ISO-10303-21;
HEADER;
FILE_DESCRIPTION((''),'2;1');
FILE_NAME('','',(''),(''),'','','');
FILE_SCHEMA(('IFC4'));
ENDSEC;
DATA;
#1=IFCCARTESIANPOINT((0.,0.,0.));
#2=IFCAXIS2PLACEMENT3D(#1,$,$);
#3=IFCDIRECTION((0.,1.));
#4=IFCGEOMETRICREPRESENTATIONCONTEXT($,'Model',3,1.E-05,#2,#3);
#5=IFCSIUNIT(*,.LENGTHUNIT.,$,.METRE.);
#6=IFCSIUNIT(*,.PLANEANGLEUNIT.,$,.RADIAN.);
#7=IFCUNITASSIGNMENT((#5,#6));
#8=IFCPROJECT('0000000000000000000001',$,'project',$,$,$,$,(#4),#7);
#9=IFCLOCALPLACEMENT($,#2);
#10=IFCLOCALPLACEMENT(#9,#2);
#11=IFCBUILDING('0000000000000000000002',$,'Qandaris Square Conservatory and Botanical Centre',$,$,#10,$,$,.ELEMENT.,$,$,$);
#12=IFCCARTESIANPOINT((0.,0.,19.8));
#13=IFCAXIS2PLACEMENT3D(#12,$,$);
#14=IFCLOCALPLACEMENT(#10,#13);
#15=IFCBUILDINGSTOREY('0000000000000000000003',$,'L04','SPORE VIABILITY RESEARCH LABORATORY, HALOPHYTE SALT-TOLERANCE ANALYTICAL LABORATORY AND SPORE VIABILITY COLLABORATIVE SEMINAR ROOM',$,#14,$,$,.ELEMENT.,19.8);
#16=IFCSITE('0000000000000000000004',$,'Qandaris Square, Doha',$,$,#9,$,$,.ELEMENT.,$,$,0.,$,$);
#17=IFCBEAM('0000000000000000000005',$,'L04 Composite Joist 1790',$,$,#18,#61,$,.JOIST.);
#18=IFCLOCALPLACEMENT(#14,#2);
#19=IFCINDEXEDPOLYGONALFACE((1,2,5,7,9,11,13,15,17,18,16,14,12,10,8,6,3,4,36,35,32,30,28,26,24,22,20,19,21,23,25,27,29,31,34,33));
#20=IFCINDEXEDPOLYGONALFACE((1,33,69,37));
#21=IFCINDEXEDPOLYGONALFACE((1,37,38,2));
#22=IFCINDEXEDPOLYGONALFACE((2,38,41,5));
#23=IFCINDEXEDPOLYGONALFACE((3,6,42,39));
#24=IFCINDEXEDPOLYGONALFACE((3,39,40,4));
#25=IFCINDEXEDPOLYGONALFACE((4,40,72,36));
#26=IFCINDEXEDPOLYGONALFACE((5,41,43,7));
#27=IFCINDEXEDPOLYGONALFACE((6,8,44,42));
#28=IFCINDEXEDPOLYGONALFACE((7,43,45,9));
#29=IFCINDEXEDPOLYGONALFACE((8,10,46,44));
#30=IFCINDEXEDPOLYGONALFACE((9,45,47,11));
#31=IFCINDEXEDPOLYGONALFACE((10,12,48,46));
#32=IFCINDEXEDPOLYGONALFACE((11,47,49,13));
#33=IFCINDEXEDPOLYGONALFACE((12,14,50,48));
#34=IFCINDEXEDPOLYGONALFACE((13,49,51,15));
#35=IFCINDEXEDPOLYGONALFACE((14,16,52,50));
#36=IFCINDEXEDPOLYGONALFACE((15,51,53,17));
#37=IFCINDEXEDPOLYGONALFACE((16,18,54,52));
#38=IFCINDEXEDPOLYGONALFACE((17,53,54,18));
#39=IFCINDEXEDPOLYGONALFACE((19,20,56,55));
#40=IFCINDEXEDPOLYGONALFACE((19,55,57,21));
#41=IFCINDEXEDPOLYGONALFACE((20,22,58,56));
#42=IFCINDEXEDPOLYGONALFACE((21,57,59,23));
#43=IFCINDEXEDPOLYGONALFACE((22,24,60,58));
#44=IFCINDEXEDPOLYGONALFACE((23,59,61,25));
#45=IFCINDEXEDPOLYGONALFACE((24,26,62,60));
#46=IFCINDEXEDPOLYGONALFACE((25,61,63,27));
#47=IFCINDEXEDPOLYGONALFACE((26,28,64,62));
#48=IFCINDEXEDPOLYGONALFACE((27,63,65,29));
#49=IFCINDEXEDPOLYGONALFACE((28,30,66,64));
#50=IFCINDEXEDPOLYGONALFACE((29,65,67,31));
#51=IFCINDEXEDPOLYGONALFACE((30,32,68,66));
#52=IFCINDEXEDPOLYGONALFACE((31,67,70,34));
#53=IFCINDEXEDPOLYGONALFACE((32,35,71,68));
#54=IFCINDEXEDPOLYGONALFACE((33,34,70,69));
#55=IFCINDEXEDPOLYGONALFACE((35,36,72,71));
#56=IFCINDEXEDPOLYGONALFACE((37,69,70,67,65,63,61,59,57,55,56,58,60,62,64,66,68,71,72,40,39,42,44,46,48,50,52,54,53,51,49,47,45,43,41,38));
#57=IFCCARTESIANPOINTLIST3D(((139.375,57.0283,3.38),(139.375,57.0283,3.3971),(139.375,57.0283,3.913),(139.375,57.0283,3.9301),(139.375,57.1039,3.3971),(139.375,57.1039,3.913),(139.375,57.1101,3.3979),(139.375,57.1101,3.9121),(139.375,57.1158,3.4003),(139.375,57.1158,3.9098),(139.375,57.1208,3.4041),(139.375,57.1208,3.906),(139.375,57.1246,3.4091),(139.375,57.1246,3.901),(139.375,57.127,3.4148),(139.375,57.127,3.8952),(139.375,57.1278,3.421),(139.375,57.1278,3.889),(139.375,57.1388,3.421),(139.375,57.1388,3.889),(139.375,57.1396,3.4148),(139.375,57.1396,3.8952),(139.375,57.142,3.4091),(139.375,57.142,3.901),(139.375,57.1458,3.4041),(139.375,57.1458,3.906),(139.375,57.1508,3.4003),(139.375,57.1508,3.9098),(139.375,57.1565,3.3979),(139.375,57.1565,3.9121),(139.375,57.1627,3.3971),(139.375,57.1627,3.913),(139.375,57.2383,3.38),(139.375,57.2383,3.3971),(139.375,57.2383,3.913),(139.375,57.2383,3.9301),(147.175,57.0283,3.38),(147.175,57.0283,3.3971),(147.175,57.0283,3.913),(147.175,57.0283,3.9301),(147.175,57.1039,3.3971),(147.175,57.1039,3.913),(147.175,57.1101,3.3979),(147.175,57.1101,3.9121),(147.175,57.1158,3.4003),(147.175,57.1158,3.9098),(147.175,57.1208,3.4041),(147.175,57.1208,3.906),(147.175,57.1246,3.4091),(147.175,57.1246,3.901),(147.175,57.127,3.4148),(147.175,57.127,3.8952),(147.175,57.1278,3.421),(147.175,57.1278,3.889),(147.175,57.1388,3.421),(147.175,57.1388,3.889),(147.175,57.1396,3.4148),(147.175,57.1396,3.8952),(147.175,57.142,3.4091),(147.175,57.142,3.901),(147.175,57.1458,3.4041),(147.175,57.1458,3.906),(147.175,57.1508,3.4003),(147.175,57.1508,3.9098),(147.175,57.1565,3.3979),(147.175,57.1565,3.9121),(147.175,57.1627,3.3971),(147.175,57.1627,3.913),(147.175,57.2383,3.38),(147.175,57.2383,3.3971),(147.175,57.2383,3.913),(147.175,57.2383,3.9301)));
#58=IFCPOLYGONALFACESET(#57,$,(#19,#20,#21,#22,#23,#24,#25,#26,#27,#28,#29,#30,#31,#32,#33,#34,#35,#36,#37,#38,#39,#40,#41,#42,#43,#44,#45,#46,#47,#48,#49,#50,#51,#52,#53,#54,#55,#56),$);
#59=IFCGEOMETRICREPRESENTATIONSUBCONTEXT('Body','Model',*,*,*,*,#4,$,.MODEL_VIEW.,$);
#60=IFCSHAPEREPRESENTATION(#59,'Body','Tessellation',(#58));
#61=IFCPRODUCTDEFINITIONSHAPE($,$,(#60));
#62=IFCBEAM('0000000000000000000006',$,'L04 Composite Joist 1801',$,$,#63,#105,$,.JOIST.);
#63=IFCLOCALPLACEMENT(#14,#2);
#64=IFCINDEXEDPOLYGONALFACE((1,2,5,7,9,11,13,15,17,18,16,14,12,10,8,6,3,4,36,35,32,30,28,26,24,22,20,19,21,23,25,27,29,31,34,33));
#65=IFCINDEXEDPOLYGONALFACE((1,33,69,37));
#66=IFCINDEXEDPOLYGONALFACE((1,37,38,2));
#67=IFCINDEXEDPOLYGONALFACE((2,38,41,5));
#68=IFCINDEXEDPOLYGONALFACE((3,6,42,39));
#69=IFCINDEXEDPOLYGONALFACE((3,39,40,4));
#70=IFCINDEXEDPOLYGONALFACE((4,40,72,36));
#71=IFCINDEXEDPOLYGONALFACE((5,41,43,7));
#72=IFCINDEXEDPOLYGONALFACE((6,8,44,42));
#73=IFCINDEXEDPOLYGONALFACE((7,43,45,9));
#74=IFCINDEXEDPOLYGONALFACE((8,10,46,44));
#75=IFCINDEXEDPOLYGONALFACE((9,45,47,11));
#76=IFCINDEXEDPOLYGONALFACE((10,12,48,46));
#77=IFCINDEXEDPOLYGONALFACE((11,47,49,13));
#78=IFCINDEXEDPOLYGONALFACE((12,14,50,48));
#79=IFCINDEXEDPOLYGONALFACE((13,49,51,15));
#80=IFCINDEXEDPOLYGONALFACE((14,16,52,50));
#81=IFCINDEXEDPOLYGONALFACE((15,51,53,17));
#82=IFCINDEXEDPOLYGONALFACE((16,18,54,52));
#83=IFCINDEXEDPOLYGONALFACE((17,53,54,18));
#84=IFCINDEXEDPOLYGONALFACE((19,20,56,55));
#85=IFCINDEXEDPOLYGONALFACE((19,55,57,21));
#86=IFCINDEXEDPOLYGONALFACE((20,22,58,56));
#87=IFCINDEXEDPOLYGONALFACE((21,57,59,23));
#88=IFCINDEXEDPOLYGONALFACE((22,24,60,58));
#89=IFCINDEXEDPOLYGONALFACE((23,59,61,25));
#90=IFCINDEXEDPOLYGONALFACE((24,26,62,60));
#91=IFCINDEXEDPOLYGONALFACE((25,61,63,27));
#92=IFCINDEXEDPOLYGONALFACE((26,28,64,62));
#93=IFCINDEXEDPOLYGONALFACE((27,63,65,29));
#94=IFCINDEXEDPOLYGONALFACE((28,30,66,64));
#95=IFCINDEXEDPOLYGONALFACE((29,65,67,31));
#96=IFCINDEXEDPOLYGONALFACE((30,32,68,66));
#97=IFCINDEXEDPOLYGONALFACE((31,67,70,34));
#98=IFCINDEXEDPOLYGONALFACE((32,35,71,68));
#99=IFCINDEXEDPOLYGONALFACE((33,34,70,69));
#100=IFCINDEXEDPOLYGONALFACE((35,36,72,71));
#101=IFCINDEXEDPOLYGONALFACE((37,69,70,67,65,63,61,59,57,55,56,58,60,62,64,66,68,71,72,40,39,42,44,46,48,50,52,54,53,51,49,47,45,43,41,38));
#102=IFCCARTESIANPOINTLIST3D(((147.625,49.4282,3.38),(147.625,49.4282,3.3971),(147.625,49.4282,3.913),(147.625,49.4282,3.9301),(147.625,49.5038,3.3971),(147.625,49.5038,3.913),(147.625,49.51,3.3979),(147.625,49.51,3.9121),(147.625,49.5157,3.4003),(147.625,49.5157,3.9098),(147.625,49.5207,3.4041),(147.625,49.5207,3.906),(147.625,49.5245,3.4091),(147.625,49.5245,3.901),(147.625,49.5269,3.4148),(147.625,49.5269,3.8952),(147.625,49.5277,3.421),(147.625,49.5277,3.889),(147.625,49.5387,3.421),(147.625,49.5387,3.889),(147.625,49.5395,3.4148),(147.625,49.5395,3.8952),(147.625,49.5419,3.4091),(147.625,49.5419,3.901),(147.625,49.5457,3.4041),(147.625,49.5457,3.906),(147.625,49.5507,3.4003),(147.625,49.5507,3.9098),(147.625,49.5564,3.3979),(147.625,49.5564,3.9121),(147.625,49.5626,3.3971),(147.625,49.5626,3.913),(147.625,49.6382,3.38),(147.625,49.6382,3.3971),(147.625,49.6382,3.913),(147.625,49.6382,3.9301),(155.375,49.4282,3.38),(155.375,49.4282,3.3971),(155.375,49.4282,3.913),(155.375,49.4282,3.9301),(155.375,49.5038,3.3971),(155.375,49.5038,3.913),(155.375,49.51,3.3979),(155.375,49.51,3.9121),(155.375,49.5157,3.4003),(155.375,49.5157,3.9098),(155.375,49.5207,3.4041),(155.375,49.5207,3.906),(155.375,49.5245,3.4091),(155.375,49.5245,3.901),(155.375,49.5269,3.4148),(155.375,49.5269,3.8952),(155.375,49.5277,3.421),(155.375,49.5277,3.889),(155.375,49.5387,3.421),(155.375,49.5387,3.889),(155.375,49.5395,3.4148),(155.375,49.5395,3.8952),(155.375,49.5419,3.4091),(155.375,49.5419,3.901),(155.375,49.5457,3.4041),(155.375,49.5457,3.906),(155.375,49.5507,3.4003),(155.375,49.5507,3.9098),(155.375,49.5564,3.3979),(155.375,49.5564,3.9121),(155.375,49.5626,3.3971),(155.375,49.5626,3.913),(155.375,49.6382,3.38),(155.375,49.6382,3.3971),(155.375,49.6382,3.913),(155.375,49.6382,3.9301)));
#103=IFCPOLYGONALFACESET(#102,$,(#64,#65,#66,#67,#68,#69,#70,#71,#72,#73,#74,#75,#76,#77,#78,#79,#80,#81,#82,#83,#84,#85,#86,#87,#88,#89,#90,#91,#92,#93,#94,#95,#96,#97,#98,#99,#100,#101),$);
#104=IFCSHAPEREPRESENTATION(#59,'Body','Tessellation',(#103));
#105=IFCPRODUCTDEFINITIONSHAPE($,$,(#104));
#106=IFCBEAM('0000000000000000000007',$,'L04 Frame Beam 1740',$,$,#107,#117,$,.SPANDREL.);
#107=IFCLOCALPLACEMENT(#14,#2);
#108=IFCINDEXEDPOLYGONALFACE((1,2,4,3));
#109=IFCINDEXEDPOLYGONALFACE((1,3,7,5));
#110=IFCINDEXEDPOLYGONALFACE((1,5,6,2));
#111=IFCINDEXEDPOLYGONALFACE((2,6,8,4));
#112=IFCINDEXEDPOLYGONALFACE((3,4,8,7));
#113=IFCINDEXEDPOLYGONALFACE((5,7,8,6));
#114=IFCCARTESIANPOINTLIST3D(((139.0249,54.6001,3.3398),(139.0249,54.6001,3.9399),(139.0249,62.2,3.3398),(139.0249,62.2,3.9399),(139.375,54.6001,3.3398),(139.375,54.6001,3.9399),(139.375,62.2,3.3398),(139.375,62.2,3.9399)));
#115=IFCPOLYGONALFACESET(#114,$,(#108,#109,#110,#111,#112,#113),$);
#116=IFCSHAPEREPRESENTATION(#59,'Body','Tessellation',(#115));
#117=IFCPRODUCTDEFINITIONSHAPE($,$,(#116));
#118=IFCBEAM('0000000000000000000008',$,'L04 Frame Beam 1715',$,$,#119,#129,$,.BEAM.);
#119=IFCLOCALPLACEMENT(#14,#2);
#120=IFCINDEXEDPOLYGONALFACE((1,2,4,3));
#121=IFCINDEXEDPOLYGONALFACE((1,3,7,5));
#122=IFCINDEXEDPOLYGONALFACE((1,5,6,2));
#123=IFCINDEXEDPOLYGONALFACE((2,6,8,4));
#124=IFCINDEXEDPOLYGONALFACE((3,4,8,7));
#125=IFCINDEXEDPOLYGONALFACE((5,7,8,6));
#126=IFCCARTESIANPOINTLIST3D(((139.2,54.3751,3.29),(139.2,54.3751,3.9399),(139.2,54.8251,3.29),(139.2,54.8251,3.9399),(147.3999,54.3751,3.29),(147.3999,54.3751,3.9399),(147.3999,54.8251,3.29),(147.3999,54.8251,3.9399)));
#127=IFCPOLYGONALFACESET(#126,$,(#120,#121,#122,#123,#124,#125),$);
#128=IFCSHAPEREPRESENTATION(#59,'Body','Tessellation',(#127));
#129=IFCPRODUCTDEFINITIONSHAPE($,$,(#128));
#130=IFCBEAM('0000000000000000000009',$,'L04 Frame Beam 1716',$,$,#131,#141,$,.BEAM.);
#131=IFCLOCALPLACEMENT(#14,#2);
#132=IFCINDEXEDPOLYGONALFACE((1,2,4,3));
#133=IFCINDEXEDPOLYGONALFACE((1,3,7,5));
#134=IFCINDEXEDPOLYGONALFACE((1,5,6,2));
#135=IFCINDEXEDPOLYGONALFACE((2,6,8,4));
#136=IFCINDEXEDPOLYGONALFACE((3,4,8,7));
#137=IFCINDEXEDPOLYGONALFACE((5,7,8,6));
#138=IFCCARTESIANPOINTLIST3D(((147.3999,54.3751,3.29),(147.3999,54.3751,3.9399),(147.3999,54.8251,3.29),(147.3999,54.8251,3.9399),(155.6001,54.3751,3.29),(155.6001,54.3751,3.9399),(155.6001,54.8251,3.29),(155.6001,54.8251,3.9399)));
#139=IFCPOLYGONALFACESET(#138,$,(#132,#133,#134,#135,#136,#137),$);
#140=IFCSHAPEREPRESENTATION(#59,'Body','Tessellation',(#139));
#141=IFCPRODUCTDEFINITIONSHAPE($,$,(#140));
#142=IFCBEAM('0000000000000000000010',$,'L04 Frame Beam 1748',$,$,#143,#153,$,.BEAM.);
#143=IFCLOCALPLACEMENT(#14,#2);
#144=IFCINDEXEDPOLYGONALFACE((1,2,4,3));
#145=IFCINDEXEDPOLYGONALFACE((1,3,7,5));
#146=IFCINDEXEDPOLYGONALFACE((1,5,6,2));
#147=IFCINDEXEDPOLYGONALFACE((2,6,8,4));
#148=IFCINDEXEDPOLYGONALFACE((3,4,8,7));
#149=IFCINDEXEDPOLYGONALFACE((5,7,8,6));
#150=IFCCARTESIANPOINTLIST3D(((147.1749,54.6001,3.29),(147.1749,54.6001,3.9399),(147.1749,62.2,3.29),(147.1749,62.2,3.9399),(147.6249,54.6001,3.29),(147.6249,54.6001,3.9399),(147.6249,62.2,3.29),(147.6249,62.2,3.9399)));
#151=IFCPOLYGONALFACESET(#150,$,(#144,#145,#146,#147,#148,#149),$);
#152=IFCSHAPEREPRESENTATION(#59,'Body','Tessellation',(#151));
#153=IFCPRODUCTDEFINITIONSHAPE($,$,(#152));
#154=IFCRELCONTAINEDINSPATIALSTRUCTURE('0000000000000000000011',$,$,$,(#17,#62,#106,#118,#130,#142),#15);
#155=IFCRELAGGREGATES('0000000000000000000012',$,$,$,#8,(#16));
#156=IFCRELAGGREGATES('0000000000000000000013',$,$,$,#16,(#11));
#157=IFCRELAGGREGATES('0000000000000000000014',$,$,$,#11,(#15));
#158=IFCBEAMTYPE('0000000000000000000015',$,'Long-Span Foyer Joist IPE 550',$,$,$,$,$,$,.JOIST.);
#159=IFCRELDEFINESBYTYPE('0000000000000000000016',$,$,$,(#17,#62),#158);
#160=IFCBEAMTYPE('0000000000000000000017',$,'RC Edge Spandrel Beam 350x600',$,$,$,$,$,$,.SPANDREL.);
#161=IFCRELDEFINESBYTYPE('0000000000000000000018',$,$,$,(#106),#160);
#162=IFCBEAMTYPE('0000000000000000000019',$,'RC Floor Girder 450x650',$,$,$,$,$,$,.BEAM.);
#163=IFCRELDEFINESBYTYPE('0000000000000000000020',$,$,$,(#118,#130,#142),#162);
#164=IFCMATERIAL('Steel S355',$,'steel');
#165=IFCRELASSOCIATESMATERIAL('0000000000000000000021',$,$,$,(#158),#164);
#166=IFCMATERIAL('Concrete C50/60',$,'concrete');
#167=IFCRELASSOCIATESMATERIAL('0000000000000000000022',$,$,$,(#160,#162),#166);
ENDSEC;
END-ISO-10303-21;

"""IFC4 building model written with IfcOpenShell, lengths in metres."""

from ifc_helpers import new_model, si_unit, direction, frame, origin, origin_2d, place, context, subcontext, project, spatial, rectangle, i_section, extrude, material, material_profile, profile_set, type_object, element, save


model = new_model("IFC4")

# Units and contexts
model_context = context("Model", 3, precision=1e-05, world=origin(), true_north=direction((0.0, 1.0)))
body_context = subcontext(model_context, "Body", "Model", "MODEL_VIEW")
ifc_project = project(units=[si_unit("LENGTHUNIT", "METRE"), si_unit("PLANEANGLEUNIT", "RADIAN")], contexts=[model_context])

# Site, building, storey
site_placement = place(None, origin())
site = spatial("IfcSite", under=ifc_project, at=site_placement, Name="Qandaris Square, Doha", CompositionType="ELEMENT", RefElevation=0.0)
building_placement = place(site_placement, origin())
building = spatial("IfcBuilding", under=site, at=building_placement, Name="Qandaris Square Conservatory and Botanical Centre", CompositionType="ELEMENT")
storey_placement = place(building_placement, frame((0.0, 0.0, 19.8)))
storey = spatial("IfcBuildingStorey", under=building, at=storey_placement, Name="L04", Description="SPORE VIABILITY RESEARCH LABORATORY, HALOPHYTE SALT-TOLERANCE ANALYTICAL LABORATORY AND SPORE VIABILITY COLLABORATIVE SEMINAR ROOM", CompositionType="ELEMENT", Elevation=19.8)

# Shared definitions
ifc_material_1 = material(Name="Concrete C50/60", Category="concrete")

# Shared definitions
ifc_material_2 = material(Name="Steel S355", Category="steel")

# Beams
ifc_material_profile_1 = material_profile(ifc_material_2, i_section(OverallWidth=0.21, OverallDepth=0.55, WebThickness=0.011, FlangeThickness=0.0171, FilletRadius=0.0239, at=origin_2d()), Name="IPE 550")
ifc_profile_set_1 = profile_set([ifc_material_profile_1], Name="Steel S355")
beam_type_1 = type_object("IfcBeamType", Name="Long-Span Foyer Joist IPE 550", PredefinedType="JOIST", material=ifc_profile_set_1)
for number, where, z_axis, x_axis, name in (
    (1, (139.375, 57.1333, 3.655), (1.0, 0.0, 0.0), (0.0, 1.0, 0.0), "L04 Composite Joist 1790"),
):
    element("IfcBeam", number, at=place(storey_placement, frame(where, z_axis=z_axis, x_axis=x_axis)), inside=storey, type_object=beam_type_1, Name=name, PredefinedType="JOIST", context=body_context, shape_type="SweptSolid", body=[
        extrude(i_section(OverallWidth=0.21, OverallDepth=0.55, WebThickness=0.011, FlangeThickness=0.0171, FilletRadius=0.0239, at=origin_2d()), origin(), (0.0, 0.0, 1.0), 7.8),
    ])
beam_1_placement = place(storey_placement, frame((147.625, 49.5332, 3.655), z_axis=(1.0, 0.0, 0.0), x_axis=(0.0, 1.0, 0.0)))
element("IfcBeam", 2, at=beam_1_placement, inside=storey, type_object=beam_type_1, Name="L04 Composite Joist 1801", PredefinedType="JOIST", context=body_context, shape_type="SweptSolid", body=[
    extrude(i_section(OverallWidth=0.21, OverallDepth=0.55, WebThickness=0.011, FlangeThickness=0.0171, FilletRadius=0.0239, at=origin_2d()), origin(), (0.0, 0.0, 1.0), 7.75),
])
ifc_material_profile_2 = material_profile(ifc_material_1, rectangle(XDim=0.3501, YDim=0.6001, at=origin_2d()), Name="RC-SP 350x600")
ifc_profile_set_2 = profile_set([ifc_material_profile_2], Name="Concrete C50/60")
beam_type_2 = type_object("IfcBeamType", Name="RC Edge Spandrel Beam 350x600", PredefinedType="SPANDREL", material=ifc_profile_set_2)
beam_2_placement = place(storey_placement, frame((139.2, 54.6001, 3.6399), z_axis=(0.0, 1.0, 0.0), x_axis=(-1.0, 0.0, 0.0)))
element("IfcBeam", 3, at=beam_2_placement, inside=storey, type_object=beam_type_2, Name="L04 Frame Beam 1740", PredefinedType="SPANDREL", context=body_context, shape_type="SweptSolid", body=[
    extrude(rectangle(XDim=0.3501, YDim=0.6001, at=origin_2d()), origin(), (0.0, 0.0, 1.0), 7.5999),
])
ifc_material_profile_3 = material_profile(ifc_material_1, rectangle(XDim=0.45, YDim=0.6499, at=origin_2d()), Name="RC-BM 450x650")
ifc_profile_set_3 = profile_set([ifc_material_profile_3], Name="Concrete C50/60")
beam_type_3 = type_object("IfcBeamType", Name="RC Floor Girder 450x650", PredefinedType="BEAM", material=ifc_profile_set_3)
beam_3_placement = place(storey_placement, frame((139.2, 54.6001, 3.615), z_axis=(1.0, 0.0, 0.0), x_axis=(0.0, 1.0, 0.0)))
element("IfcBeam", 4, at=beam_3_placement, inside=storey, type_object=beam_type_3, Name="L04 Frame Beam 1715", PredefinedType="BEAM", context=body_context, shape_type="SweptSolid", body=[
    extrude(rectangle(XDim=0.45, YDim=0.6499, at=origin_2d()), origin(), (0.0, 0.0, 1.0), 8.2),
])
beam_4_placement = place(storey_placement, frame((147.3999, 54.6001, 3.615), z_axis=(1.0, 0.0, 0.0), x_axis=(0.0, 1.0, 0.0)))
element("IfcBeam", 5, at=beam_4_placement, inside=storey, type_object=beam_type_3, Name="L04 Frame Beam 1716", PredefinedType="BEAM", context=body_context, shape_type="SweptSolid", body=[
    extrude(rectangle(XDim=0.45, YDim=0.6499, at=origin_2d()), origin(), (0.0, 0.0, 1.0), 8.2002),
])
beam_5_placement = place(storey_placement, frame((147.3999, 54.6001, 3.615), z_axis=(0.0, 1.0, 0.0), x_axis=(-1.0, 0.0, 0.0)))
element("IfcBeam", 6, at=beam_5_placement, inside=storey, type_object=beam_type_3, Name="L04 Frame Beam 1748", PredefinedType="BEAM", context=body_context, shape_type="SweptSolid", body=[
    extrude(rectangle(XDim=0.45, YDim=0.6499, at=origin_2d()), origin(), (0.0, 0.0, 1.0), 7.5999),
])

save(model, "model.ifc")
